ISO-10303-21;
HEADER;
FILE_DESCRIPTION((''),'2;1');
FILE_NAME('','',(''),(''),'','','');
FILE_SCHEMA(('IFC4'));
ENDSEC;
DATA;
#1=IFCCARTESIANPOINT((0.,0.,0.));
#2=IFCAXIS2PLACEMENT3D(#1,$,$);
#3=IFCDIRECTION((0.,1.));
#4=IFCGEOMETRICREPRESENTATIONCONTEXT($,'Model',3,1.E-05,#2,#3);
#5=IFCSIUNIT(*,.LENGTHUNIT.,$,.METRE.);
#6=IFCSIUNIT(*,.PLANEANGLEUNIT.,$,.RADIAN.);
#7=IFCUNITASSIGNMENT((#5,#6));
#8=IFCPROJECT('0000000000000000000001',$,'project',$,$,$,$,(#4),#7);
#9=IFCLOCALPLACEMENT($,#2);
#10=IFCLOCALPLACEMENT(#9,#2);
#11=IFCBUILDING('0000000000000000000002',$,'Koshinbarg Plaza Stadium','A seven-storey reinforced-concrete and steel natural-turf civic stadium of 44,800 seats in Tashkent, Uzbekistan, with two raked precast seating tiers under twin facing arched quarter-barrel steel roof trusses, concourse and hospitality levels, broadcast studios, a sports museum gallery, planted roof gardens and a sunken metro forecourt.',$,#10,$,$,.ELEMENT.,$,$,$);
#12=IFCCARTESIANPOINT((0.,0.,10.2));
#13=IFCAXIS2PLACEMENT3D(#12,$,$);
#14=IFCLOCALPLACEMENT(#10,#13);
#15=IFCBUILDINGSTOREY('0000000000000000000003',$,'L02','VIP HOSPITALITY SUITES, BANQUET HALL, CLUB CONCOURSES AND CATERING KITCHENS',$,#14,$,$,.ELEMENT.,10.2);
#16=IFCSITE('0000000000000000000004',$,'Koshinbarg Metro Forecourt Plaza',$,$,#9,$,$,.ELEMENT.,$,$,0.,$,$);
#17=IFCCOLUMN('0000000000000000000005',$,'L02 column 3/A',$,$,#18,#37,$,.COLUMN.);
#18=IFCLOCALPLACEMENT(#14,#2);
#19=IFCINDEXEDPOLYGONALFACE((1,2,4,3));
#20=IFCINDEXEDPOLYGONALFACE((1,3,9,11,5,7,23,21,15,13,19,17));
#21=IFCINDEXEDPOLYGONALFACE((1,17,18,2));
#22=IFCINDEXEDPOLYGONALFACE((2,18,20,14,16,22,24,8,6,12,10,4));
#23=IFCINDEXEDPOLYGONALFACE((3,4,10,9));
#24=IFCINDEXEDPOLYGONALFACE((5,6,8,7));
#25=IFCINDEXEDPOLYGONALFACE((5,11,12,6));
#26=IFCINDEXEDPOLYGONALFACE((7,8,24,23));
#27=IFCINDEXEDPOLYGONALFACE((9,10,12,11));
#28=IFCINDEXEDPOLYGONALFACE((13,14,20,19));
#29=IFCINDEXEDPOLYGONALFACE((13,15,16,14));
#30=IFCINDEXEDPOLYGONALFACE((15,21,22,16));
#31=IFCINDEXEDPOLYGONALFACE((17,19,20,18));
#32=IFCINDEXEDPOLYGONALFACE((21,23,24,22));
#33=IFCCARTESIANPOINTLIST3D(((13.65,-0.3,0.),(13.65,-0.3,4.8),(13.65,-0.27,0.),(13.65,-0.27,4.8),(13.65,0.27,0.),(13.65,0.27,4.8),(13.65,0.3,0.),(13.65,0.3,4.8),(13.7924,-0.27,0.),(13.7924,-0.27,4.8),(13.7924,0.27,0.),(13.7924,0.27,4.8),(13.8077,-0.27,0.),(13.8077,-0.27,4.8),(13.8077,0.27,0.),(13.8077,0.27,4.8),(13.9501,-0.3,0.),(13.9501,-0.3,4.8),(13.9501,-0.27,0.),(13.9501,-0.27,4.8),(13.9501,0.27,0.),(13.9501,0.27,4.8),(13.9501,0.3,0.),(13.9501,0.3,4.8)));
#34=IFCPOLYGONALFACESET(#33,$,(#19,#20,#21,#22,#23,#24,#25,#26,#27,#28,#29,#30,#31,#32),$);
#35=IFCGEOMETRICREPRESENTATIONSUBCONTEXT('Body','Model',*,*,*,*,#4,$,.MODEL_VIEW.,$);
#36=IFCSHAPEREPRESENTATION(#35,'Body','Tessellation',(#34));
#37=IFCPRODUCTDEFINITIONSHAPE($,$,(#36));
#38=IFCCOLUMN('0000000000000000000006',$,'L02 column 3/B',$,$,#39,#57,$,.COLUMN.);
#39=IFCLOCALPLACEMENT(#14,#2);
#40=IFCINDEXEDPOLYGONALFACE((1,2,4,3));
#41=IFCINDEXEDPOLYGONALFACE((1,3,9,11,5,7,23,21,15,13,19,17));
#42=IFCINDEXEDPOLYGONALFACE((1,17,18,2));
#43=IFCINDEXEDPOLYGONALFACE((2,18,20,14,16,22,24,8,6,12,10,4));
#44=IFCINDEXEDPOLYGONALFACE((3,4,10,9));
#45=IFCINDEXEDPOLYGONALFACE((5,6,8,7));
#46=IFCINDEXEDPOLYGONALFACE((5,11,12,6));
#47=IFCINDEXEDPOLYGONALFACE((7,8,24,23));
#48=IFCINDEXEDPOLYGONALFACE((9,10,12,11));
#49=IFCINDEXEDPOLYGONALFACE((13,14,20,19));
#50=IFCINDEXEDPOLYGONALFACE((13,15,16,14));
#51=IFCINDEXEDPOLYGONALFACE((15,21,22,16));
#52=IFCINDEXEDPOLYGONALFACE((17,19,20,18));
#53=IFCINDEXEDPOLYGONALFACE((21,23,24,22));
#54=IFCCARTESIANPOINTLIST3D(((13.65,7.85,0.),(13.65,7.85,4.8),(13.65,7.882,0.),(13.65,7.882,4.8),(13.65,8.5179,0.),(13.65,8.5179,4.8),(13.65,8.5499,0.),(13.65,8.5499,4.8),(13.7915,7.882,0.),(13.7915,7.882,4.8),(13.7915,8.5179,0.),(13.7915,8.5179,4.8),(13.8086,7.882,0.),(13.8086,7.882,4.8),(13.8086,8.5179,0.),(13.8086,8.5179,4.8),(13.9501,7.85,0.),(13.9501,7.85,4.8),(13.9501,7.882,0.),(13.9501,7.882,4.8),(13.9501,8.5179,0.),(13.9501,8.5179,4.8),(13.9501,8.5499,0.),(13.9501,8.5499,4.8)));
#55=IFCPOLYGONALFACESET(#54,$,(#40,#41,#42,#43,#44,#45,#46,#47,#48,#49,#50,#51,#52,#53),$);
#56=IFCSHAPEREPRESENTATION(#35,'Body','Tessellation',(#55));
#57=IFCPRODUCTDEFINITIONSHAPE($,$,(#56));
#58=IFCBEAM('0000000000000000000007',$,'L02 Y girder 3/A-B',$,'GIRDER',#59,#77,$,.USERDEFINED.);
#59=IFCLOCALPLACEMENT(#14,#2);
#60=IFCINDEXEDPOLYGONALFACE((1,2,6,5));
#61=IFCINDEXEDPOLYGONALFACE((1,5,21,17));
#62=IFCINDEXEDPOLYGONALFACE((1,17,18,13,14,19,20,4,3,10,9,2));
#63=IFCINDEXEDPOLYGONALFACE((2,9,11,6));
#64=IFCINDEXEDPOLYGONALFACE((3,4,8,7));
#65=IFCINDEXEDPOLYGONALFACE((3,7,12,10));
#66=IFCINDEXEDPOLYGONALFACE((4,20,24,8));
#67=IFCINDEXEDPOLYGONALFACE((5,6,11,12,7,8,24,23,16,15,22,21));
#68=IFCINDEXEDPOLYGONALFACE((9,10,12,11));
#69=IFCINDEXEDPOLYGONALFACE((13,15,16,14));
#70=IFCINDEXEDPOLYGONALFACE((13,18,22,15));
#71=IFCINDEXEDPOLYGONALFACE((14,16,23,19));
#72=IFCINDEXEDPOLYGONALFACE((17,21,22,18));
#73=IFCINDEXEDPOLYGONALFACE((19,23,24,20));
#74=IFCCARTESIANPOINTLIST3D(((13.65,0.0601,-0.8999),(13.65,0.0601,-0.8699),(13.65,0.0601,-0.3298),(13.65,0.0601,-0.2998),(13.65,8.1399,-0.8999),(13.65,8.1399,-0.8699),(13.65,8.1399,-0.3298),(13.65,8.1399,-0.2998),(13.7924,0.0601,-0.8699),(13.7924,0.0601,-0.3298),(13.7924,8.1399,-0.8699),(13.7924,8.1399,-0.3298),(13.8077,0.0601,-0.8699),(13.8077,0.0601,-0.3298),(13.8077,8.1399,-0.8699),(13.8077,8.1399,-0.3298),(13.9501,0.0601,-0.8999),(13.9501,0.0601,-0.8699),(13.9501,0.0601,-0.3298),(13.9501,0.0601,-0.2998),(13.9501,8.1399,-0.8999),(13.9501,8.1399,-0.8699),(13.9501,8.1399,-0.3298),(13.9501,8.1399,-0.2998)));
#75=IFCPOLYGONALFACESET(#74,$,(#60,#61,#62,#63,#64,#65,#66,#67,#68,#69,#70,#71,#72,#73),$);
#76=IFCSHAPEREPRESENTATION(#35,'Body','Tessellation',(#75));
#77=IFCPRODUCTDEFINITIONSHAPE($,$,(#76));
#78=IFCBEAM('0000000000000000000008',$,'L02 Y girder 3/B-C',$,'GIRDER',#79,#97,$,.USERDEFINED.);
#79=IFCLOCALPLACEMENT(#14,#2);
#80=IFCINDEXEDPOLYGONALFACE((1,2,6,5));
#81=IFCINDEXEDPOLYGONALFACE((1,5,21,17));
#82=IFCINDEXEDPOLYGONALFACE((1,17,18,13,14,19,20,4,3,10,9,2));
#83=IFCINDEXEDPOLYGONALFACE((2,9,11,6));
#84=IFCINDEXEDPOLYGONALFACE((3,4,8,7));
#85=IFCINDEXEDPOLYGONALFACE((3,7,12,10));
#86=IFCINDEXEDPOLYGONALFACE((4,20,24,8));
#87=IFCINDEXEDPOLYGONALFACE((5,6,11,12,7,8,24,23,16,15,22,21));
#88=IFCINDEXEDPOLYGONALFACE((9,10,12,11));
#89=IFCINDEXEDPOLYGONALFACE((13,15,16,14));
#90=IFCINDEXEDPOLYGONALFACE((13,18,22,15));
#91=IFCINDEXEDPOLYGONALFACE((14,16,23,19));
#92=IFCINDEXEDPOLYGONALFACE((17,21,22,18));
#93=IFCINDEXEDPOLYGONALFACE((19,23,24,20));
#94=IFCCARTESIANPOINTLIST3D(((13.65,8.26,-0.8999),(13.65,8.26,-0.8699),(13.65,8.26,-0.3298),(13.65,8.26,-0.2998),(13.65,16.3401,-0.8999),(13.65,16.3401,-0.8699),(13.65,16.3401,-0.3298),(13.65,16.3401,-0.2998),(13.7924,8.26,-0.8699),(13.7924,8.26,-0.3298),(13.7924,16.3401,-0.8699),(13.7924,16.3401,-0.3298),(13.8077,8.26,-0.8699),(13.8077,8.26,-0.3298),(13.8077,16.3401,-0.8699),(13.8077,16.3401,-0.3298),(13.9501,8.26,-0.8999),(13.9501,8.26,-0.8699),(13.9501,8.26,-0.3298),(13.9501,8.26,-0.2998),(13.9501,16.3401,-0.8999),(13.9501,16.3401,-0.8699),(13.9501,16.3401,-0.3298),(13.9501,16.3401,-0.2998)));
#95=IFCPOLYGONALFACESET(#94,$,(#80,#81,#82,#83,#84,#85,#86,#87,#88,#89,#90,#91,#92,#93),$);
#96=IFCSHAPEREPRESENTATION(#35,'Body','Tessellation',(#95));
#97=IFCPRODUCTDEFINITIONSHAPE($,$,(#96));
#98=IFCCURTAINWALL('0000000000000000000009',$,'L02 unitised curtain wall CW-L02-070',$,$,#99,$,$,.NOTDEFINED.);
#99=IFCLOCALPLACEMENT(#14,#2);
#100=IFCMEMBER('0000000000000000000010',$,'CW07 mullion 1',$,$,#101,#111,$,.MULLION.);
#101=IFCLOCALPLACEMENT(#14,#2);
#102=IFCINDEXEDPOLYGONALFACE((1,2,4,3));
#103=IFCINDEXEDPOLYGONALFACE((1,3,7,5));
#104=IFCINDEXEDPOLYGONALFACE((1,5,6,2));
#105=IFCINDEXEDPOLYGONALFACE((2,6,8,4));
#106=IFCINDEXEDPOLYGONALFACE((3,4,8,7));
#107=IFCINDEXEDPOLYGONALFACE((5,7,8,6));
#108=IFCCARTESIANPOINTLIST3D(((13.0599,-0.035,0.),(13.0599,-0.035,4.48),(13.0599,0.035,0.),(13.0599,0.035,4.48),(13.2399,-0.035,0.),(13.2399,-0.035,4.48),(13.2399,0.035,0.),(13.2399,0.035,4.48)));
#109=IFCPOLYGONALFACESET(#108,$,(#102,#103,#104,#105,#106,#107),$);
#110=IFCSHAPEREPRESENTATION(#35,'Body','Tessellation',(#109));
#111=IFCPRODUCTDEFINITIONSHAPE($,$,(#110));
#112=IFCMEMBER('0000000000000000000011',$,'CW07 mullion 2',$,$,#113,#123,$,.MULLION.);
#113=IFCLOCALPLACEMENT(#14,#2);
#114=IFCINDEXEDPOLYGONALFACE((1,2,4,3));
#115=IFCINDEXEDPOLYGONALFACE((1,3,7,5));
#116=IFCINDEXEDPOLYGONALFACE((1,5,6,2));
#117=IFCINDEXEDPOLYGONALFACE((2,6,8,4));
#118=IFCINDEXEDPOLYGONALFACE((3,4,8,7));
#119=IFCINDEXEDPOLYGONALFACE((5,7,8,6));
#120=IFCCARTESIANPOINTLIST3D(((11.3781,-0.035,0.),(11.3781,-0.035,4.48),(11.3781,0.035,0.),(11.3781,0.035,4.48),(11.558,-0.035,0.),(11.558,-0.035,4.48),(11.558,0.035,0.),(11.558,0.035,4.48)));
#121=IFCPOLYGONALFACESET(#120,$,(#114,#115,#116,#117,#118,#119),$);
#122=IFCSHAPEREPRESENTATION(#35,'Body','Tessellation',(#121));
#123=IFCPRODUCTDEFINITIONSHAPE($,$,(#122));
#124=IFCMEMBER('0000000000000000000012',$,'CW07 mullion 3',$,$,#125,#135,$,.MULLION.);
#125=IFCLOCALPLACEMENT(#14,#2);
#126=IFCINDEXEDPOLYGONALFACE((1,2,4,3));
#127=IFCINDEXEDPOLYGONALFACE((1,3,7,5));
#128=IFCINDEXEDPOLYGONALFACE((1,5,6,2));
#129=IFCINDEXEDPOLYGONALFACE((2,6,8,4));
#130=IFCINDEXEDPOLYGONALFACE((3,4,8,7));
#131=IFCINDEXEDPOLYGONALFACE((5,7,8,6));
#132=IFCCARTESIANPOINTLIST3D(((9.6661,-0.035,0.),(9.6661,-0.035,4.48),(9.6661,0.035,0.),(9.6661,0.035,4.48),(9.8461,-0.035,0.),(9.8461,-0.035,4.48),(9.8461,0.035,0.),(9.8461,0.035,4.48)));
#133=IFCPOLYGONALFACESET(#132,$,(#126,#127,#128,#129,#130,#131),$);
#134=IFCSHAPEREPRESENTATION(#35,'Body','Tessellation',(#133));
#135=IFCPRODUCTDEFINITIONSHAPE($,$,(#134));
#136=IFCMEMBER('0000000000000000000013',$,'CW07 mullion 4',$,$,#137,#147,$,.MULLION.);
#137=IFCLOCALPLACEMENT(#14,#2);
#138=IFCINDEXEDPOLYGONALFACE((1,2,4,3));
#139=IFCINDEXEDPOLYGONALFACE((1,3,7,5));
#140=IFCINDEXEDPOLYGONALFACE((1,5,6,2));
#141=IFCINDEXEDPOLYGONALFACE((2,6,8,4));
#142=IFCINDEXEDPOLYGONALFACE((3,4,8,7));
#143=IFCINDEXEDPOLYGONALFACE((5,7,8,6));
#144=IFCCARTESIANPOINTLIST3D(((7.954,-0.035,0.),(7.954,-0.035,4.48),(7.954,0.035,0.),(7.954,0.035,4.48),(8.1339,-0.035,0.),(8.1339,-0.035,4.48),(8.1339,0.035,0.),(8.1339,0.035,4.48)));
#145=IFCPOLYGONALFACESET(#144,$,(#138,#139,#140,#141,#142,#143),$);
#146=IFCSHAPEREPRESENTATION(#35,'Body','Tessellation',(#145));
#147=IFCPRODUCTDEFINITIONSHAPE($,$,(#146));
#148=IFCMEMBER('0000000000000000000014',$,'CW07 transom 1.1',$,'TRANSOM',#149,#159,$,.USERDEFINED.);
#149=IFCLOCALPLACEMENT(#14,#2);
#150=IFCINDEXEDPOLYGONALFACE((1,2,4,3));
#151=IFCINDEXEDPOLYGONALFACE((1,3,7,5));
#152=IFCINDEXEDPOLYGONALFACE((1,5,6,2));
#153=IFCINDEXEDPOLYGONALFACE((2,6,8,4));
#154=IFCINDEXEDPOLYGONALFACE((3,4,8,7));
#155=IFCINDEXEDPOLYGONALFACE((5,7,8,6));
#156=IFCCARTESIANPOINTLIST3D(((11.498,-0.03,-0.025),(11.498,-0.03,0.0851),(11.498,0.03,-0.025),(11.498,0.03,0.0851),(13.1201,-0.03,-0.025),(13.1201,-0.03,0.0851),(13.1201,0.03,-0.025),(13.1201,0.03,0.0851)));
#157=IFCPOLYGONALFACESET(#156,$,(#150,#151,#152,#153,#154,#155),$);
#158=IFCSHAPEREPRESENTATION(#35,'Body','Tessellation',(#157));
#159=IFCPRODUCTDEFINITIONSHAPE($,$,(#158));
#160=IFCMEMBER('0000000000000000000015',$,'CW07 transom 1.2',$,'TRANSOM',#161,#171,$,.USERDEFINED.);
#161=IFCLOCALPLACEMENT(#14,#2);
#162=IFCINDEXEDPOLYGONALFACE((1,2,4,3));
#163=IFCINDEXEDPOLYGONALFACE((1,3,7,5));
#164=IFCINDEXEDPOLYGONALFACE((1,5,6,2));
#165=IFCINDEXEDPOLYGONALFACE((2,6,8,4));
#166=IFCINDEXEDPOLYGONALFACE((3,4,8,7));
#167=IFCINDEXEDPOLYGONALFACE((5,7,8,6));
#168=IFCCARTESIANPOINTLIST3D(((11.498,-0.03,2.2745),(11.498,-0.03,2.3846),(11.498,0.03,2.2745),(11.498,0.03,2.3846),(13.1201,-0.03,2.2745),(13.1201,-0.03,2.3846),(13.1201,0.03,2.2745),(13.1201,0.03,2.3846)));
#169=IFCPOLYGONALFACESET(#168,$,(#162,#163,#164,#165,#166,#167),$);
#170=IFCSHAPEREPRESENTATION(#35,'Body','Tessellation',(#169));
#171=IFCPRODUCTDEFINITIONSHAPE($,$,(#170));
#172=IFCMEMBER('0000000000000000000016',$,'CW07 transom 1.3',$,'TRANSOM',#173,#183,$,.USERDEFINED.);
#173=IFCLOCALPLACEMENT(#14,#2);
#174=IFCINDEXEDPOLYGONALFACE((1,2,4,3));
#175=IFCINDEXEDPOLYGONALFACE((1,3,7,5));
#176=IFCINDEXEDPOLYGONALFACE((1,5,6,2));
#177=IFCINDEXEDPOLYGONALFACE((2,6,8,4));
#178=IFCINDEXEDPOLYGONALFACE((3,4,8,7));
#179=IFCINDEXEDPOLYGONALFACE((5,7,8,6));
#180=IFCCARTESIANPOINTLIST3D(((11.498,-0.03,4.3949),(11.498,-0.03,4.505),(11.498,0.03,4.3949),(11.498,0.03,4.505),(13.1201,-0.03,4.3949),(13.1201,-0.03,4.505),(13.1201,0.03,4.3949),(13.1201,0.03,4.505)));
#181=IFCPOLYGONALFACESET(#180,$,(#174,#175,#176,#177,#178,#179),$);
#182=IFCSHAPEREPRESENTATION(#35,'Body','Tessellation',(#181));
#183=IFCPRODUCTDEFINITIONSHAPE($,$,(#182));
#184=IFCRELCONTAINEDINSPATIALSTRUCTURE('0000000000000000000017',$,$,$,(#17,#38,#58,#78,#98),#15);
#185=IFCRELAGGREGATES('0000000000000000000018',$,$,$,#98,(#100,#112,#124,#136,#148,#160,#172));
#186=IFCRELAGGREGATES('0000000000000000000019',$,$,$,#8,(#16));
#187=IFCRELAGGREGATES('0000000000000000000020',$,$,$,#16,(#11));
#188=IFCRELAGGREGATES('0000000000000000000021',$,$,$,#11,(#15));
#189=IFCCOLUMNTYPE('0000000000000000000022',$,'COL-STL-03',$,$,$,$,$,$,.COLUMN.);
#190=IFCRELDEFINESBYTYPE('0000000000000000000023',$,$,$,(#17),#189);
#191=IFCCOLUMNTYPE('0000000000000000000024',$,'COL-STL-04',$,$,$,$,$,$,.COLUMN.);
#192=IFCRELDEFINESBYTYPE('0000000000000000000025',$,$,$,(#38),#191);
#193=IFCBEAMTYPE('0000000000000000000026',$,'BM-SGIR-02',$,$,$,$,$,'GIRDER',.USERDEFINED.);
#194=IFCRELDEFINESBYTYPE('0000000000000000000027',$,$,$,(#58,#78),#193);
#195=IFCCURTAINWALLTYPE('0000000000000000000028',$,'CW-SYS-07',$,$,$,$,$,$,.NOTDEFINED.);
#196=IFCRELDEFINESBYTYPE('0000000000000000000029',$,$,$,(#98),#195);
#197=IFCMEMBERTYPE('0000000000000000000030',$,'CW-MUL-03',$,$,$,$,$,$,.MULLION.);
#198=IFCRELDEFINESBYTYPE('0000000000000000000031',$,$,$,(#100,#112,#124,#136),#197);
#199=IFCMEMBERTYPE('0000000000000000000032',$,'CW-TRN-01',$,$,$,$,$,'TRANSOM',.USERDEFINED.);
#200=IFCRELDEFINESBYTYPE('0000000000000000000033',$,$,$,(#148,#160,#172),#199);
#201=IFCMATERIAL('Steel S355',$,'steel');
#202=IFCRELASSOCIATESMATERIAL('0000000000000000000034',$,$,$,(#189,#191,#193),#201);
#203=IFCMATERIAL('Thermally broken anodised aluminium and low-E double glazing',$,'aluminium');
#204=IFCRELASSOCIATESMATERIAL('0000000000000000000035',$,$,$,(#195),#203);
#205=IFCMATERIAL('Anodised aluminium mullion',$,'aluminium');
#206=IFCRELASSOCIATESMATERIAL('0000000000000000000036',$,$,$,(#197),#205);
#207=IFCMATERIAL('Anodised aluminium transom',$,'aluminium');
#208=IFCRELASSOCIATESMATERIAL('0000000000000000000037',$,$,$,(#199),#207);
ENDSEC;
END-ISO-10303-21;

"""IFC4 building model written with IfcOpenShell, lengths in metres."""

from ifc_helpers import new_model, si_unit, direction, frame, origin, origin_2d, place, context, subcontext, project, spatial, rectangle, i_section, extrude, material, material_profile, profile_set, type_object, element, aggregate, save


model = new_model("IFC4")

# Units and contexts
model_context = context("Model", 3, precision=1e-05, world=origin(), true_north=direction((0.0, 1.0)))
body_context = subcontext(model_context, "Body", "Model", "MODEL_VIEW")
ifc_project = project(units=[si_unit("LENGTHUNIT", "METRE"), si_unit("PLANEANGLEUNIT", "RADIAN")], contexts=[model_context])

# Site, building, storey
site_placement = place(None, origin())
site = spatial("IfcSite", under=ifc_project, at=site_placement, Name="Koshinbarg Metro Forecourt Plaza", CompositionType="ELEMENT", RefElevation=0.0)
building_placement = place(site_placement, origin())
building = spatial("IfcBuilding", under=site, at=building_placement, Name="Koshinbarg Plaza Stadium", Description="A seven-storey reinforced-concrete and steel natural-turf civic stadium of 44,800 seats in Tashkent, Uzbekistan, with two raked precast seating tiers under twin facing arched quarter-barrel steel roof trusses, concourse and hospitality levels, broadcast studios, a sports museum gallery, planted roof gardens and a sunken metro forecourt.", CompositionType="ELEMENT")
storey_placement = place(building_placement, frame((0.0, 0.0, 10.2)))
storey = spatial("IfcBuildingStorey", under=building, at=storey_placement, Name="L02", Description="VIP HOSPITALITY SUITES, BANQUET HALL, CLUB CONCOURSES AND CATERING KITCHENS", CompositionType="ELEMENT", Elevation=10.2)

# Columns
ifc_material_1 = material(Name="Steel S355", Category="steel")
ifc_material_profile_1 = material_profile(ifc_material_1, i_section(OverallWidth=0.3, OverallDepth=0.6001, WebThickness=0.0154, FlangeThickness=0.03, at=origin_2d()), Name="HEB 600")
ifc_profile_set_1 = profile_set([ifc_material_profile_1], Name="Steel S355")
column_type_1 = type_object("IfcColumnType", Name="COL-STL-03", PredefinedType="COLUMN", material=ifc_profile_set_1)
column_1_placement = place(storey_placement, frame((13.8, 0.0, 0.0), z_axis=(0.0, 0.0, 1.0), x_axis=(1.0, 0.0, 0.0)))
element("IfcColumn", 1, at=column_1_placement, inside=storey, type_object=column_type_1, Name="L02 column 3/A", PredefinedType="COLUMN", context=body_context, shape_type="SweptSolid", body=[
    extrude(i_section(OverallWidth=0.3, OverallDepth=0.6001, WebThickness=0.0154, FlangeThickness=0.03, at=origin_2d()), origin(), (0.0, 0.0, 1.0), 4.8),
])
ifc_material_profile_2 = material_profile(ifc_material_1, i_section(OverallWidth=0.3, OverallDepth=0.7, WebThickness=0.0171, FlangeThickness=0.032, at=origin_2d()), Name="HEB 700")
ifc_profile_set_2 = profile_set([ifc_material_profile_2], Name="Steel S355")
column_type_2 = type_object("IfcColumnType", Name="COL-STL-04", PredefinedType="COLUMN", material=ifc_profile_set_2)
column_2_placement = place(storey_placement, frame((13.8, 8.2, 0.0), z_axis=(0.0, 0.0, 1.0), x_axis=(1.0, 0.0, 0.0)))
element("IfcColumn", 2, at=column_2_placement, inside=storey, type_object=column_type_2, Name="L02 column 3/B", PredefinedType="COLUMN", context=body_context, shape_type="SweptSolid", body=[
    extrude(i_section(OverallWidth=0.3, OverallDepth=0.7, WebThickness=0.0171, FlangeThickness=0.032, at=origin_2d()), origin(), (0.0, 0.0, 1.0), 4.8),
])

# Beams
ifc_material_profile_3 = material_profile(ifc_material_1, i_section(OverallWidth=0.3, OverallDepth=0.6001, WebThickness=0.0154, FlangeThickness=0.03, at=origin_2d()), Name="HEB 600")
ifc_profile_set_3 = profile_set([ifc_material_profile_3], Name="Steel S355")
beam_type = type_object("IfcBeamType", Name="BM-SGIR-02", ElementType="GIRDER", PredefinedType="USERDEFINED", material=ifc_profile_set_3)
beam_1_placement = place(storey_placement, frame((13.8, 0.0601, -0.5999), z_axis=(0.0, 1.0, 0.0), x_axis=(-1.0, 0.0, 0.0)))
element("IfcBeam", 3, at=beam_1_placement, inside=storey, type_object=beam_type, Name="L02 Y girder 3/A-B", ObjectType="GIRDER", PredefinedType="USERDEFINED", context=body_context, shape_type="SweptSolid", body=[
    extrude(i_section(OverallWidth=0.3, OverallDepth=0.6001, WebThickness=0.0154, FlangeThickness=0.03, at=origin_2d()), origin(), (0.0, 0.0, 1.0), 8.0798),
])
beam_2_placement = place(storey_placement, frame((13.8, 8.26, -0.5999), z_axis=(0.0, 1.0, 0.0), x_axis=(-1.0, 0.0, 0.0)))
element("IfcBeam", 4, at=beam_2_placement, inside=storey, type_object=beam_type, Name="L02 Y girder 3/B-C", ObjectType="GIRDER", PredefinedType="USERDEFINED", context=body_context, shape_type="SweptSolid", body=[
    extrude(i_section(OverallWidth=0.3, OverallDepth=0.6001, WebThickness=0.0154, FlangeThickness=0.03, at=origin_2d()), origin(), (0.0, 0.0, 1.0), 8.0801),
])

# Curtain wall, members
ifc_material_2 = material(Name="Thermally broken anodised aluminium and low-E double glazing", Category="aluminium")
curtain_wall_type = type_object("IfcCurtainWallType", Name="CW-SYS-07", PredefinedType="NOTDEFINED", material=ifc_material_2)
curtain_wall_placement = place(storey_placement, origin())
curtain_wall = element("IfcCurtainWall", 5, at=curtain_wall_placement, inside=storey, type_object=curtain_wall_type, Name="L02 unitised curtain wall CW-L02-070", PredefinedType="NOTDEFINED")
ifc_material_3 = material(Name="Anodised aluminium mullion", Category="aluminium")
ifc_material_profile_4 = material_profile(ifc_material_3, rectangle(XDim=0.0701, YDim=0.1799, at=origin_2d()), Name="ALU 70x180")
ifc_profile_set_4 = profile_set([ifc_material_profile_4], Name="Anodised aluminium mullion")
member_type_1 = type_object("IfcMemberType", Name="CW-MUL-03", PredefinedType="MULLION", material=ifc_profile_set_4)
member_1_placement = place(storey_placement, frame((13.1499, 0.0, 0.0), z_axis=(0.0, 0.0, 1.0), x_axis=(0.0, -1.0, 0.0)))
member_1 = element("IfcMember", 6, at=member_1_placement, type_object=member_type_1, Name="CW07 mullion 1", PredefinedType="MULLION", context=body_context, shape_type="SweptSolid", body=[
    extrude(rectangle(XDim=0.0701, YDim=0.1799, at=origin_2d()), origin(), (0.0, 0.0, 1.0), 4.48),
])
member_2_placement = place(storey_placement, frame((11.468, 0.0, 0.0), z_axis=(0.0, 0.0, 1.0), x_axis=(0.0, -1.0, 0.0)))
member_2 = element("IfcMember", 7, at=member_2_placement, type_object=member_type_1, Name="CW07 mullion 2", PredefinedType="MULLION", context=body_context, shape_type="SweptSolid", body=[
    extrude(rectangle(XDim=0.0701, YDim=0.1799, at=origin_2d()), origin(), (0.0, 0.0, 1.0), 4.48),
])
member_3_placement = place(storey_placement, frame((9.7561, 0.0, 0.0), z_axis=(0.0, 0.0, 1.0), x_axis=(0.0, -1.0, 0.0)))
member_3 = element("IfcMember", 8, at=member_3_placement, type_object=member_type_1, Name="CW07 mullion 3", PredefinedType="MULLION", context=body_context, shape_type="SweptSolid", body=[
    extrude(rectangle(XDim=0.0701, YDim=0.1799, at=origin_2d()), origin(), (0.0, 0.0, 1.0), 4.48),
])
member_4_placement = place(storey_placement, frame((8.0439, 0.0, 0.0), z_axis=(0.0, 0.0, 1.0), x_axis=(0.0, -1.0, 0.0)))
member_4 = element("IfcMember", 9, at=member_4_placement, type_object=member_type_1, Name="CW07 mullion 4", PredefinedType="MULLION", context=body_context, shape_type="SweptSolid", body=[
    extrude(rectangle(XDim=0.0701, YDim=0.1799, at=origin_2d()), origin(), (0.0, 0.0, 1.0), 4.48),
])
ifc_material_4 = material(Name="Anodised aluminium transom", Category="aluminium")
ifc_material_profile_5 = material_profile(ifc_material_4, rectangle(XDim=0.0601, YDim=0.1101, at=origin_2d()), Name="ALU 60x110")
ifc_profile_set_5 = profile_set([ifc_material_profile_5], Name="Anodised aluminium transom")
member_type_2 = type_object("IfcMemberType", Name="CW-TRN-01", ElementType="TRANSOM", PredefinedType="USERDEFINED", material=ifc_profile_set_5)
member_5_placement = place(storey_placement, frame((13.1201, 0.0, 0.03), z_axis=(-1.0, 0.0, 0.0), x_axis=(0.0, -1.0, 0.0)))
member_5 = element("IfcMember", 10, at=member_5_placement, type_object=member_type_2, Name="CW07 transom 1.1", ObjectType="TRANSOM", PredefinedType="USERDEFINED", context=body_context, shape_type="SweptSolid", body=[
    extrude(rectangle(XDim=0.0601, YDim=0.1101, at=origin_2d()), origin(), (0.0, 0.0, 1.0), 1.6221),
])
member_6_placement = place(storey_placement, frame((13.1201, 0.0, 2.3296), z_axis=(-1.0, 0.0, 0.0), x_axis=(0.0, -1.0, 0.0)))
member_6 = element("IfcMember", 11, at=member_6_placement, type_object=member_type_2, Name="CW07 transom 1.2", ObjectType="TRANSOM", PredefinedType="USERDEFINED", context=body_context, shape_type="SweptSolid", body=[
    extrude(rectangle(XDim=0.0601, YDim=0.1101, at=origin_2d()), origin(), (0.0, 0.0, 1.0), 1.6221),
])
member_7_placement = place(storey_placement, frame((13.1201, 0.0, 4.45), z_axis=(-1.0, 0.0, 0.0), x_axis=(0.0, -1.0, 0.0)))
member_7 = element("IfcMember", 12, at=member_7_placement, type_object=member_type_2, Name="CW07 transom 1.3", ObjectType="TRANSOM", PredefinedType="USERDEFINED", context=body_context, shape_type="SweptSolid", body=[
    extrude(rectangle(XDim=0.0601, YDim=0.1101, at=origin_2d()), origin(), (0.0, 0.0, 1.0), 1.6221),
])
aggregate(curtain_wall, [member_1, member_2, member_3, member_4, member_5, member_6, member_7])

save(model, "model.ifc")
